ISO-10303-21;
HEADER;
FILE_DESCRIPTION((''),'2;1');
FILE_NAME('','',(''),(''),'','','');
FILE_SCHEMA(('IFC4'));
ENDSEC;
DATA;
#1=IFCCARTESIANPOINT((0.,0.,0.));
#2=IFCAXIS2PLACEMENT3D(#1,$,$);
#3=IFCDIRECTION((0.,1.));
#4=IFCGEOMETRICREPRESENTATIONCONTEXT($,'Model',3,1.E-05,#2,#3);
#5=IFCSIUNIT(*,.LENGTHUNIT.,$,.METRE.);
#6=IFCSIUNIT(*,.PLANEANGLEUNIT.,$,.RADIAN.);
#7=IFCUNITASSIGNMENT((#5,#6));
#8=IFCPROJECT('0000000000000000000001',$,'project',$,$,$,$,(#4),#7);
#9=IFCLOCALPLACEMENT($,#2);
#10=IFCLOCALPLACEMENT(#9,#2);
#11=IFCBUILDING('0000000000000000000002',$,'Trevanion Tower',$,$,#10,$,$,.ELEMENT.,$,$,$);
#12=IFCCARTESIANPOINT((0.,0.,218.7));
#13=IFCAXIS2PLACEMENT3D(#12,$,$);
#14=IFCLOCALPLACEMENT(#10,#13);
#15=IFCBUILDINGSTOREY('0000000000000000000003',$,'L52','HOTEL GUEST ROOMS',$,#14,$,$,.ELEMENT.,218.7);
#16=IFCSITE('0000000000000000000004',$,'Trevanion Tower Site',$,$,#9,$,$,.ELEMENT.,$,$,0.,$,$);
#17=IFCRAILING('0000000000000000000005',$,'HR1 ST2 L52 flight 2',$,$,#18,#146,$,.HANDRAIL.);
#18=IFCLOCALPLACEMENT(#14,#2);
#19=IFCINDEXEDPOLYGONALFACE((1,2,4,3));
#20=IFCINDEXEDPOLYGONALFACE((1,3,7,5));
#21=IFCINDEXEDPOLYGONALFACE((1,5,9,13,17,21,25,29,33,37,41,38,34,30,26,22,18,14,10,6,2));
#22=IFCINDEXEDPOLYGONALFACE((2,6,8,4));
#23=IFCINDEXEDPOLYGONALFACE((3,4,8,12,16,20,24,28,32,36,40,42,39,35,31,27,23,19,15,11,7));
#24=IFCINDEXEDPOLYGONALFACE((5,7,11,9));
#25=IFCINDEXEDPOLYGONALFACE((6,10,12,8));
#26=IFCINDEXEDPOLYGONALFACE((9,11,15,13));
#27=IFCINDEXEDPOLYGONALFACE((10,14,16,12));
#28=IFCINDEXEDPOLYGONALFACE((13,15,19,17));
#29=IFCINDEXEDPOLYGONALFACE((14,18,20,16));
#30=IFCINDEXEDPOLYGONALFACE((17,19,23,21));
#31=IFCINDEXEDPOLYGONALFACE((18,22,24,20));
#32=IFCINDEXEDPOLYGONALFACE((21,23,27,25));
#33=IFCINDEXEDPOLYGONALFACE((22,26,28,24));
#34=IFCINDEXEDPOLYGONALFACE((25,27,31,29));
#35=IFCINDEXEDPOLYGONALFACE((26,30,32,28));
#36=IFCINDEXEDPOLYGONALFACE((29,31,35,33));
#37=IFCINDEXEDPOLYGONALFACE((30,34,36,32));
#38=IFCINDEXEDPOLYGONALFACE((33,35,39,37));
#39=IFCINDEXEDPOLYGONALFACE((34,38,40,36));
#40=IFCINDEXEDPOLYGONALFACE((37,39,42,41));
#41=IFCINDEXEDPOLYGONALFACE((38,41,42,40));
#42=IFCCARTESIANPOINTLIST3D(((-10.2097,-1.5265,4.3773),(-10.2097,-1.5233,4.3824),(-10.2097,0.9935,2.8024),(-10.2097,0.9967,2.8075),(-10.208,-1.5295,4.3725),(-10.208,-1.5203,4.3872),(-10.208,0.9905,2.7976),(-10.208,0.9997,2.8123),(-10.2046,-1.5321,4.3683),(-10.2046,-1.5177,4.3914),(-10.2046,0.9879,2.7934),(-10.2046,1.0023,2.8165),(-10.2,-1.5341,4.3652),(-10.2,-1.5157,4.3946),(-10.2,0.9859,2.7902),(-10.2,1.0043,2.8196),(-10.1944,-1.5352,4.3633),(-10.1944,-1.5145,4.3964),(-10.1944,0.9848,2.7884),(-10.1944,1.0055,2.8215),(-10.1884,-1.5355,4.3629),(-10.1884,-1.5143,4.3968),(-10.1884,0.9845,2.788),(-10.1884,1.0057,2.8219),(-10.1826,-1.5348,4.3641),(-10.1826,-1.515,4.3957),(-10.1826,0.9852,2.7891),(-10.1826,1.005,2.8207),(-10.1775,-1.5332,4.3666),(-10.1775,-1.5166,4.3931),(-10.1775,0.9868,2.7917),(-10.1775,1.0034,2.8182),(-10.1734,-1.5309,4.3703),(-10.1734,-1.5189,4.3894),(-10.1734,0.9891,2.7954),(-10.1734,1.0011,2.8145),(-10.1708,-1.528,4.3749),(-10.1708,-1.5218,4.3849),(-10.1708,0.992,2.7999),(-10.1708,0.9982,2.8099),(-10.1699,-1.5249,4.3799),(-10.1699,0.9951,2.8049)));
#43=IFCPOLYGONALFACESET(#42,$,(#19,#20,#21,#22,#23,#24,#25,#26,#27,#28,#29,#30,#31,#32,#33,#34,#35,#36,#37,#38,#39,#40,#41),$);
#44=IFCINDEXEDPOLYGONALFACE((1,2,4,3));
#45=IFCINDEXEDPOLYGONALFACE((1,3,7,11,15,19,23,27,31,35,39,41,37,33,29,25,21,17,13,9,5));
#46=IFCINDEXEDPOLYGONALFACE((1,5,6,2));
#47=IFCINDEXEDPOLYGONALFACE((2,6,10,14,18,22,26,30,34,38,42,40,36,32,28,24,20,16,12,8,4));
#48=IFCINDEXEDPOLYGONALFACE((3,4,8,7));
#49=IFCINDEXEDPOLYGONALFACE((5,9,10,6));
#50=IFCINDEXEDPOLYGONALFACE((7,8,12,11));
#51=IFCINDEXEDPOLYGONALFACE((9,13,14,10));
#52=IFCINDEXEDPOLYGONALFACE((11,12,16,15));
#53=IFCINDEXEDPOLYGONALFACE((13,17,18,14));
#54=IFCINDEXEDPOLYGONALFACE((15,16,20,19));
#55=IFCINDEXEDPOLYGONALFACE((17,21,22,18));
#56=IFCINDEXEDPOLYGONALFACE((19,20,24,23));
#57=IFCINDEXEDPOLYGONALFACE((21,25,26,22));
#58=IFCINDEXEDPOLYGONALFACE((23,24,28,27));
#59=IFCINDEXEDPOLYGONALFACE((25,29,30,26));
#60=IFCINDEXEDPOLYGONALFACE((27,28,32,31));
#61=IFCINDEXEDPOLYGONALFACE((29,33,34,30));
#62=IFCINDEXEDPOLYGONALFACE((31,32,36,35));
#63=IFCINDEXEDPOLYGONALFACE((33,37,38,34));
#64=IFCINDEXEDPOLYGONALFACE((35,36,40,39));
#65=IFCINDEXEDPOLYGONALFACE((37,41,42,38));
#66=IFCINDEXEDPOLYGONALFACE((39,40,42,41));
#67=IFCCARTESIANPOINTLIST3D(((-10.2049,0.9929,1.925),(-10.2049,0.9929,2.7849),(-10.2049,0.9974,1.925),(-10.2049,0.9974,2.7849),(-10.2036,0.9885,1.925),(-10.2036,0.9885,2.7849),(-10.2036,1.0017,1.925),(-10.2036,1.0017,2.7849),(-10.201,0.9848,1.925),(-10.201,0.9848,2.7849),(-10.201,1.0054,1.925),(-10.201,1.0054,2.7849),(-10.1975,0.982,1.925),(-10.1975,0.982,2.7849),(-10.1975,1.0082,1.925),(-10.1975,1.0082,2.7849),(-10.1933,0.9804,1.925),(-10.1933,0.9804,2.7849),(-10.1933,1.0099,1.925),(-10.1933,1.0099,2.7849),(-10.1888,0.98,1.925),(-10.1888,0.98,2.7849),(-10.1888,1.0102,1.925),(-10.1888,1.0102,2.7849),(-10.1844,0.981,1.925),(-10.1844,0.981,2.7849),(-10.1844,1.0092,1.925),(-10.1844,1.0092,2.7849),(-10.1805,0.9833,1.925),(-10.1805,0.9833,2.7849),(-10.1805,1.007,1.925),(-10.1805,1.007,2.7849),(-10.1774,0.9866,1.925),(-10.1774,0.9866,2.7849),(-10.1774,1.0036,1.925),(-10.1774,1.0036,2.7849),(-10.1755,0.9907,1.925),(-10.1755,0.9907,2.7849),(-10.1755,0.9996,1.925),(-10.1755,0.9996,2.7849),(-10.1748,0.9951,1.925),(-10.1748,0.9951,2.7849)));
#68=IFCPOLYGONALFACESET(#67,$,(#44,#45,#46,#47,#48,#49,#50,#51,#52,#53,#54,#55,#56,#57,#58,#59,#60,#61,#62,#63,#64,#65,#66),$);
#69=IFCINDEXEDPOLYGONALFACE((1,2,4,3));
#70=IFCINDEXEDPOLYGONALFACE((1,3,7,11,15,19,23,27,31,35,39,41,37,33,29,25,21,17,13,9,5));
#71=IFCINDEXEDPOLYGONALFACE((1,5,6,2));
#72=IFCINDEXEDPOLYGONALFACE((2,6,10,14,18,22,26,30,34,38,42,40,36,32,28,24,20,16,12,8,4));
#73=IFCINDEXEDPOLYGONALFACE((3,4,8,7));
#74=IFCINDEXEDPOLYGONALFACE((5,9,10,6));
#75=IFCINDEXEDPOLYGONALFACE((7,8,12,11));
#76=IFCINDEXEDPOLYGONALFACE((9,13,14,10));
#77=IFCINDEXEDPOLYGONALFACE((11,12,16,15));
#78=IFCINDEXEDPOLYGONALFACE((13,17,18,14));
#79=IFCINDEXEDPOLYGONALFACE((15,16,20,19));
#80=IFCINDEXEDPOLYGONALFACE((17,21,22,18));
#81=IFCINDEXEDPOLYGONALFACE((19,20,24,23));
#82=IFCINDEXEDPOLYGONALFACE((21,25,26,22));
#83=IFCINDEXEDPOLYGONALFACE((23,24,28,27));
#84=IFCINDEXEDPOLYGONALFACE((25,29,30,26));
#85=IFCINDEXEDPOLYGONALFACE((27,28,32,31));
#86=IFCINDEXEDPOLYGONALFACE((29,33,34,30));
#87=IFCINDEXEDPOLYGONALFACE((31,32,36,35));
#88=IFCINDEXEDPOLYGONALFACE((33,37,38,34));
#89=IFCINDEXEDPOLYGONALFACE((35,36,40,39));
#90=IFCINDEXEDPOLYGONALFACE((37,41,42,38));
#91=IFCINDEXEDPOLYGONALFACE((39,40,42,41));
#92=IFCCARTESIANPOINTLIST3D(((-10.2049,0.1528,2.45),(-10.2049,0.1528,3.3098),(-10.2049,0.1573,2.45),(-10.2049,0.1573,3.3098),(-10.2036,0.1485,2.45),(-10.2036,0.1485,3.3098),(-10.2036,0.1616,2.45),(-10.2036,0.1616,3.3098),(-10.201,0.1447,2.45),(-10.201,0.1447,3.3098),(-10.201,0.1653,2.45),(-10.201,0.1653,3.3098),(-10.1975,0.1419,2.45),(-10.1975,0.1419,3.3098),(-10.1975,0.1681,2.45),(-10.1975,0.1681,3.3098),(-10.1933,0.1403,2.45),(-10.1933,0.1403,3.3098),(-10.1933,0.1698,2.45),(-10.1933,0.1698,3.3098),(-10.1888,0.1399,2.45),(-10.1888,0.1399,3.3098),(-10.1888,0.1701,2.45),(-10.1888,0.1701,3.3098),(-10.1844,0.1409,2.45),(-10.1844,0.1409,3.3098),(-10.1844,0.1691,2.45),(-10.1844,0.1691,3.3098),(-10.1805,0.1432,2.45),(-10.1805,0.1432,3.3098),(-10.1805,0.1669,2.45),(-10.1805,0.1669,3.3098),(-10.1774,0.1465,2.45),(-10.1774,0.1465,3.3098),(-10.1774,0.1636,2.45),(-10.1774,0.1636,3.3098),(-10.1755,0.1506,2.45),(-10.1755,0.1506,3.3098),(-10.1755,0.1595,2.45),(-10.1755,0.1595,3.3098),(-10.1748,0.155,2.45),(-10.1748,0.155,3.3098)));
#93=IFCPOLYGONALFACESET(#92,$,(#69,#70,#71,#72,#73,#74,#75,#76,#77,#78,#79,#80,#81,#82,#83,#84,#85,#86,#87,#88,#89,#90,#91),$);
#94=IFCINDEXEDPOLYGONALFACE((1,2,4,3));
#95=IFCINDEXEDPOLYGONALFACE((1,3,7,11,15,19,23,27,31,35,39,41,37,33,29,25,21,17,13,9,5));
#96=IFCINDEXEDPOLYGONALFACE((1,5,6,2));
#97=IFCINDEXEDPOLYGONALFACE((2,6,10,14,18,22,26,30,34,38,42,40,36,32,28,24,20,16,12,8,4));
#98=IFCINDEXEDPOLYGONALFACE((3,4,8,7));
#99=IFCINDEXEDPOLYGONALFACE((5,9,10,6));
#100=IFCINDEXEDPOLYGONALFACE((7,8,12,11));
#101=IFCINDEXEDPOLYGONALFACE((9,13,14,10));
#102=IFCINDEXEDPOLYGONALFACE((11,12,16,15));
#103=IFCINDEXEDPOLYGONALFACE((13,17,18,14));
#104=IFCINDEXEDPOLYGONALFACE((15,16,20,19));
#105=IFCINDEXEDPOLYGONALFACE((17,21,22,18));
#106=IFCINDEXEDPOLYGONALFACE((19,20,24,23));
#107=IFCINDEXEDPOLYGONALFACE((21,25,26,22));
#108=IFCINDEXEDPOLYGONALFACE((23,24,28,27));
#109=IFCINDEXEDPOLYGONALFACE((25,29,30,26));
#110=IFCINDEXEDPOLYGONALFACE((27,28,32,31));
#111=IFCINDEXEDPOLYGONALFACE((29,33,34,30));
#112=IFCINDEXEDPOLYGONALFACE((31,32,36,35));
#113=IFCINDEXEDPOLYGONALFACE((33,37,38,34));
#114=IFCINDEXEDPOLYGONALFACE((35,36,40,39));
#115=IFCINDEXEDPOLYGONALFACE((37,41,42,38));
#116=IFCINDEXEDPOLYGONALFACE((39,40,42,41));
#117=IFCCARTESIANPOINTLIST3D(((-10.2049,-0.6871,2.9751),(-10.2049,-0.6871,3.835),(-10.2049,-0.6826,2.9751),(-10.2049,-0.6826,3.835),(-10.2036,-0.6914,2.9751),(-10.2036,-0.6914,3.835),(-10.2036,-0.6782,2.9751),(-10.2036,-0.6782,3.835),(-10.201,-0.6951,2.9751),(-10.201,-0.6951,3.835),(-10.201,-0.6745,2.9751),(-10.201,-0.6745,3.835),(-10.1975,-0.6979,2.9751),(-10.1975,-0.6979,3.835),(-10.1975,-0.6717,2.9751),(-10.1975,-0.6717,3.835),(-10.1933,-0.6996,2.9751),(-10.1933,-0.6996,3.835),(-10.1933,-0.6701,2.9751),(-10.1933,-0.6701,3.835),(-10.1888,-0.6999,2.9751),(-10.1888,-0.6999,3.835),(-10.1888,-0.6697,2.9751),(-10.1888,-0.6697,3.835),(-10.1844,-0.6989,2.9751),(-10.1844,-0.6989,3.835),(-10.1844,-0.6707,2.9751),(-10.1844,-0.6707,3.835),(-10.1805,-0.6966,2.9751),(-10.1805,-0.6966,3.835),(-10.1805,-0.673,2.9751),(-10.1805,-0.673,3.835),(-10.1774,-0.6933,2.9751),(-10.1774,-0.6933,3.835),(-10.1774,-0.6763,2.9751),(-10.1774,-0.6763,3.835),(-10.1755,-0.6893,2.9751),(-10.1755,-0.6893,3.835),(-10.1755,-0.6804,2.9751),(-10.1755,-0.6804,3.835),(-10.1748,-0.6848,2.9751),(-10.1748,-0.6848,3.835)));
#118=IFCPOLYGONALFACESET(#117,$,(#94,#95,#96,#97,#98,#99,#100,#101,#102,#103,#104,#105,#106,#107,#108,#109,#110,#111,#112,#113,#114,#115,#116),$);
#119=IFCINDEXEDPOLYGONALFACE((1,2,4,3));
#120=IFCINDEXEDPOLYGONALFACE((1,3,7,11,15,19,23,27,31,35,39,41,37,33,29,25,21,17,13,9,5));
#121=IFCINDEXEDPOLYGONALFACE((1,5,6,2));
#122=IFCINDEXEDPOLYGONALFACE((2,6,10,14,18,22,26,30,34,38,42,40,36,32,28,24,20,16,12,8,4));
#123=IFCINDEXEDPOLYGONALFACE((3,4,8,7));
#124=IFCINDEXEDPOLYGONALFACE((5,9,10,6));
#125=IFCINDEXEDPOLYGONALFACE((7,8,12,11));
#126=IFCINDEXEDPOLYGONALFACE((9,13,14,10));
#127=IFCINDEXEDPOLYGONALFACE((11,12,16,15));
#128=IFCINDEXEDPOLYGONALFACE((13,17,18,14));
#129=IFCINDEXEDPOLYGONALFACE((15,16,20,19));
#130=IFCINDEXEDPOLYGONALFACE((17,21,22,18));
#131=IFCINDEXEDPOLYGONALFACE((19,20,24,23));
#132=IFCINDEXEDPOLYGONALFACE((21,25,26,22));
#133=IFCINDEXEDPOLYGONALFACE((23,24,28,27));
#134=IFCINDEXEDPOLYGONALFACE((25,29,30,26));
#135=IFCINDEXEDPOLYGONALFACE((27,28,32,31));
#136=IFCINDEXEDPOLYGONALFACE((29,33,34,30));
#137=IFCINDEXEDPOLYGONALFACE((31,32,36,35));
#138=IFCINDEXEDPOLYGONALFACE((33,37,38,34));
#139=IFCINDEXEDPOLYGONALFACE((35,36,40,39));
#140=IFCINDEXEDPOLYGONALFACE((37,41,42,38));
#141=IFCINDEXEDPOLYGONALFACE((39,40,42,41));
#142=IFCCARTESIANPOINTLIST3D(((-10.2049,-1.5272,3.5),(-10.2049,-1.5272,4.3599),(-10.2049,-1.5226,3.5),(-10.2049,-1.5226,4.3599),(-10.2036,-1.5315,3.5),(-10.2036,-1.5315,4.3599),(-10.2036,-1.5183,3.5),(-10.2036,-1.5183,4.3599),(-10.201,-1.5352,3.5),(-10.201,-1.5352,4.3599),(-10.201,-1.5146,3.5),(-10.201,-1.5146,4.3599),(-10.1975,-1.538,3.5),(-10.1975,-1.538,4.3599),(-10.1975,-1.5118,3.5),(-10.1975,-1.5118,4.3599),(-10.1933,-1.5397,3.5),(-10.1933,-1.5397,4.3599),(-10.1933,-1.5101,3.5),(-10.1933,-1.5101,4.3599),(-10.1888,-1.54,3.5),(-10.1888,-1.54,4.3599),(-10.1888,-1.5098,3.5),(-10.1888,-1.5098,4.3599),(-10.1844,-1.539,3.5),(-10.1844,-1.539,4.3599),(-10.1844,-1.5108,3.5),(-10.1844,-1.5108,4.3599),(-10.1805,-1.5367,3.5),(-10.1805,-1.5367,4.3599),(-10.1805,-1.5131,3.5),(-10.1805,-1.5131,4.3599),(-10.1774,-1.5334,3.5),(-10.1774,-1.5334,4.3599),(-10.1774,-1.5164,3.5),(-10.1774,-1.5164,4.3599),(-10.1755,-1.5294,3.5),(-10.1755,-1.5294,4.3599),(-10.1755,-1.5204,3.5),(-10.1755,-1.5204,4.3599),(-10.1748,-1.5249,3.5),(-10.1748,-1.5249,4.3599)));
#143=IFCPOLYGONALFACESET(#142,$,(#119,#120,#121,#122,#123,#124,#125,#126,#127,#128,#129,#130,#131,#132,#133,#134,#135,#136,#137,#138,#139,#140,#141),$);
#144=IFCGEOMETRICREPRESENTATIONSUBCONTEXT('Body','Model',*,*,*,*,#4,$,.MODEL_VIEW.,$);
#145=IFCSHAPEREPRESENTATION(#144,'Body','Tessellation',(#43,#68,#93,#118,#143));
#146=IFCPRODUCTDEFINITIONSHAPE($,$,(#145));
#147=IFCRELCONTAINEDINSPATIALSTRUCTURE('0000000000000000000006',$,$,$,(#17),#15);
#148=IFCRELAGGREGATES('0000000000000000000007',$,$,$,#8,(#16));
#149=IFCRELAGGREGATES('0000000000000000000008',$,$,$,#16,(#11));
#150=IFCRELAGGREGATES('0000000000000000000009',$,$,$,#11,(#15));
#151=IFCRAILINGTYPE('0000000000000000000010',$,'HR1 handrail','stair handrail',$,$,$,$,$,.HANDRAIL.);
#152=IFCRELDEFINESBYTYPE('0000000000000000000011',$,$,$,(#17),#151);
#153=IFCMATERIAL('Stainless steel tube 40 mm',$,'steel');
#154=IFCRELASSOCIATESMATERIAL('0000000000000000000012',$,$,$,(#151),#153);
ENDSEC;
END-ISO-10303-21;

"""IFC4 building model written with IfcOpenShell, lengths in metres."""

from ifc_helpers import new_model, si_unit, direction, frame, origin, origin_2d, place, context, subcontext, project, spatial, circle, extrude, material, type_object, element, save


model = new_model("IFC4")

# Units and contexts
model_context = context("Model", 3, precision=1e-05, world=origin(), true_north=direction((0.0, 1.0)))
body_context = subcontext(model_context, "Body", "Model", "MODEL_VIEW")
ifc_project = project(units=[si_unit("LENGTHUNIT", "METRE"), si_unit("PLANEANGLEUNIT", "RADIAN")], contexts=[model_context])

# Site, building, storey
site_placement = place(None, origin())
site = spatial("IfcSite", under=ifc_project, at=site_placement, Name="Trevanion Tower Site", CompositionType="ELEMENT", RefElevation=0.0)
building_placement = place(site_placement, origin())
building = spatial("IfcBuilding", under=site, at=building_placement, Name="Trevanion Tower", CompositionType="ELEMENT")
storey_placement = place(building_placement, frame((0.0, 0.0, 218.7)))
storey = spatial("IfcBuildingStorey", under=building, at=storey_placement, Name="L52", Description="HOTEL GUEST ROOMS", CompositionType="ELEMENT", Elevation=218.7)

# Railing
ifc_material_1 = material(Name="Stainless steel tube 40 mm", Category="steel")
railing_type = type_object("IfcRailingType", Name="HR1 handrail", Description="stair handrail", PredefinedType="HANDRAIL", material=ifc_material_1)
railing_placement = place(storey_placement, frame((-10.1899, 0.9951, 1.925)))
element("IfcRailing", 1, at=railing_placement, inside=storey, type_object=railing_type, Name="HR1 ST2 L52 flight 2", PredefinedType="HANDRAIL", context=body_context, shape_type="SweptSolid", body=[
    extrude(circle(Radius=0.02, at=origin_2d()), frame((0.0, 0.0, 0.8799), z_axis=(0.0, -0.848008, 0.529984), x_axis=(1.0, 0.0, 0.0)), (0.0, 0.0, 1.0), 2.9717),
    extrude(circle(Radius=0.0151, at=origin_2d()), origin(), (0.0, 0.0, 1.0), 0.8599),
    extrude(circle(Radius=0.0151, at=origin_2d()), frame((0.0, -0.8401, 0.5249)), (0.0, 0.0, 1.0), 0.8599),
    extrude(circle(Radius=0.0151, at=origin_2d()), frame((0.0, -1.6799, 1.05)), (0.0, 0.0, 1.0), 0.8599),
    extrude(circle(Radius=0.0151, at=origin_2d()), frame((0.0, -2.52, 1.575)), (0.0, 0.0, 1.0), 0.8599),
])

save(model, "model.ifc")
